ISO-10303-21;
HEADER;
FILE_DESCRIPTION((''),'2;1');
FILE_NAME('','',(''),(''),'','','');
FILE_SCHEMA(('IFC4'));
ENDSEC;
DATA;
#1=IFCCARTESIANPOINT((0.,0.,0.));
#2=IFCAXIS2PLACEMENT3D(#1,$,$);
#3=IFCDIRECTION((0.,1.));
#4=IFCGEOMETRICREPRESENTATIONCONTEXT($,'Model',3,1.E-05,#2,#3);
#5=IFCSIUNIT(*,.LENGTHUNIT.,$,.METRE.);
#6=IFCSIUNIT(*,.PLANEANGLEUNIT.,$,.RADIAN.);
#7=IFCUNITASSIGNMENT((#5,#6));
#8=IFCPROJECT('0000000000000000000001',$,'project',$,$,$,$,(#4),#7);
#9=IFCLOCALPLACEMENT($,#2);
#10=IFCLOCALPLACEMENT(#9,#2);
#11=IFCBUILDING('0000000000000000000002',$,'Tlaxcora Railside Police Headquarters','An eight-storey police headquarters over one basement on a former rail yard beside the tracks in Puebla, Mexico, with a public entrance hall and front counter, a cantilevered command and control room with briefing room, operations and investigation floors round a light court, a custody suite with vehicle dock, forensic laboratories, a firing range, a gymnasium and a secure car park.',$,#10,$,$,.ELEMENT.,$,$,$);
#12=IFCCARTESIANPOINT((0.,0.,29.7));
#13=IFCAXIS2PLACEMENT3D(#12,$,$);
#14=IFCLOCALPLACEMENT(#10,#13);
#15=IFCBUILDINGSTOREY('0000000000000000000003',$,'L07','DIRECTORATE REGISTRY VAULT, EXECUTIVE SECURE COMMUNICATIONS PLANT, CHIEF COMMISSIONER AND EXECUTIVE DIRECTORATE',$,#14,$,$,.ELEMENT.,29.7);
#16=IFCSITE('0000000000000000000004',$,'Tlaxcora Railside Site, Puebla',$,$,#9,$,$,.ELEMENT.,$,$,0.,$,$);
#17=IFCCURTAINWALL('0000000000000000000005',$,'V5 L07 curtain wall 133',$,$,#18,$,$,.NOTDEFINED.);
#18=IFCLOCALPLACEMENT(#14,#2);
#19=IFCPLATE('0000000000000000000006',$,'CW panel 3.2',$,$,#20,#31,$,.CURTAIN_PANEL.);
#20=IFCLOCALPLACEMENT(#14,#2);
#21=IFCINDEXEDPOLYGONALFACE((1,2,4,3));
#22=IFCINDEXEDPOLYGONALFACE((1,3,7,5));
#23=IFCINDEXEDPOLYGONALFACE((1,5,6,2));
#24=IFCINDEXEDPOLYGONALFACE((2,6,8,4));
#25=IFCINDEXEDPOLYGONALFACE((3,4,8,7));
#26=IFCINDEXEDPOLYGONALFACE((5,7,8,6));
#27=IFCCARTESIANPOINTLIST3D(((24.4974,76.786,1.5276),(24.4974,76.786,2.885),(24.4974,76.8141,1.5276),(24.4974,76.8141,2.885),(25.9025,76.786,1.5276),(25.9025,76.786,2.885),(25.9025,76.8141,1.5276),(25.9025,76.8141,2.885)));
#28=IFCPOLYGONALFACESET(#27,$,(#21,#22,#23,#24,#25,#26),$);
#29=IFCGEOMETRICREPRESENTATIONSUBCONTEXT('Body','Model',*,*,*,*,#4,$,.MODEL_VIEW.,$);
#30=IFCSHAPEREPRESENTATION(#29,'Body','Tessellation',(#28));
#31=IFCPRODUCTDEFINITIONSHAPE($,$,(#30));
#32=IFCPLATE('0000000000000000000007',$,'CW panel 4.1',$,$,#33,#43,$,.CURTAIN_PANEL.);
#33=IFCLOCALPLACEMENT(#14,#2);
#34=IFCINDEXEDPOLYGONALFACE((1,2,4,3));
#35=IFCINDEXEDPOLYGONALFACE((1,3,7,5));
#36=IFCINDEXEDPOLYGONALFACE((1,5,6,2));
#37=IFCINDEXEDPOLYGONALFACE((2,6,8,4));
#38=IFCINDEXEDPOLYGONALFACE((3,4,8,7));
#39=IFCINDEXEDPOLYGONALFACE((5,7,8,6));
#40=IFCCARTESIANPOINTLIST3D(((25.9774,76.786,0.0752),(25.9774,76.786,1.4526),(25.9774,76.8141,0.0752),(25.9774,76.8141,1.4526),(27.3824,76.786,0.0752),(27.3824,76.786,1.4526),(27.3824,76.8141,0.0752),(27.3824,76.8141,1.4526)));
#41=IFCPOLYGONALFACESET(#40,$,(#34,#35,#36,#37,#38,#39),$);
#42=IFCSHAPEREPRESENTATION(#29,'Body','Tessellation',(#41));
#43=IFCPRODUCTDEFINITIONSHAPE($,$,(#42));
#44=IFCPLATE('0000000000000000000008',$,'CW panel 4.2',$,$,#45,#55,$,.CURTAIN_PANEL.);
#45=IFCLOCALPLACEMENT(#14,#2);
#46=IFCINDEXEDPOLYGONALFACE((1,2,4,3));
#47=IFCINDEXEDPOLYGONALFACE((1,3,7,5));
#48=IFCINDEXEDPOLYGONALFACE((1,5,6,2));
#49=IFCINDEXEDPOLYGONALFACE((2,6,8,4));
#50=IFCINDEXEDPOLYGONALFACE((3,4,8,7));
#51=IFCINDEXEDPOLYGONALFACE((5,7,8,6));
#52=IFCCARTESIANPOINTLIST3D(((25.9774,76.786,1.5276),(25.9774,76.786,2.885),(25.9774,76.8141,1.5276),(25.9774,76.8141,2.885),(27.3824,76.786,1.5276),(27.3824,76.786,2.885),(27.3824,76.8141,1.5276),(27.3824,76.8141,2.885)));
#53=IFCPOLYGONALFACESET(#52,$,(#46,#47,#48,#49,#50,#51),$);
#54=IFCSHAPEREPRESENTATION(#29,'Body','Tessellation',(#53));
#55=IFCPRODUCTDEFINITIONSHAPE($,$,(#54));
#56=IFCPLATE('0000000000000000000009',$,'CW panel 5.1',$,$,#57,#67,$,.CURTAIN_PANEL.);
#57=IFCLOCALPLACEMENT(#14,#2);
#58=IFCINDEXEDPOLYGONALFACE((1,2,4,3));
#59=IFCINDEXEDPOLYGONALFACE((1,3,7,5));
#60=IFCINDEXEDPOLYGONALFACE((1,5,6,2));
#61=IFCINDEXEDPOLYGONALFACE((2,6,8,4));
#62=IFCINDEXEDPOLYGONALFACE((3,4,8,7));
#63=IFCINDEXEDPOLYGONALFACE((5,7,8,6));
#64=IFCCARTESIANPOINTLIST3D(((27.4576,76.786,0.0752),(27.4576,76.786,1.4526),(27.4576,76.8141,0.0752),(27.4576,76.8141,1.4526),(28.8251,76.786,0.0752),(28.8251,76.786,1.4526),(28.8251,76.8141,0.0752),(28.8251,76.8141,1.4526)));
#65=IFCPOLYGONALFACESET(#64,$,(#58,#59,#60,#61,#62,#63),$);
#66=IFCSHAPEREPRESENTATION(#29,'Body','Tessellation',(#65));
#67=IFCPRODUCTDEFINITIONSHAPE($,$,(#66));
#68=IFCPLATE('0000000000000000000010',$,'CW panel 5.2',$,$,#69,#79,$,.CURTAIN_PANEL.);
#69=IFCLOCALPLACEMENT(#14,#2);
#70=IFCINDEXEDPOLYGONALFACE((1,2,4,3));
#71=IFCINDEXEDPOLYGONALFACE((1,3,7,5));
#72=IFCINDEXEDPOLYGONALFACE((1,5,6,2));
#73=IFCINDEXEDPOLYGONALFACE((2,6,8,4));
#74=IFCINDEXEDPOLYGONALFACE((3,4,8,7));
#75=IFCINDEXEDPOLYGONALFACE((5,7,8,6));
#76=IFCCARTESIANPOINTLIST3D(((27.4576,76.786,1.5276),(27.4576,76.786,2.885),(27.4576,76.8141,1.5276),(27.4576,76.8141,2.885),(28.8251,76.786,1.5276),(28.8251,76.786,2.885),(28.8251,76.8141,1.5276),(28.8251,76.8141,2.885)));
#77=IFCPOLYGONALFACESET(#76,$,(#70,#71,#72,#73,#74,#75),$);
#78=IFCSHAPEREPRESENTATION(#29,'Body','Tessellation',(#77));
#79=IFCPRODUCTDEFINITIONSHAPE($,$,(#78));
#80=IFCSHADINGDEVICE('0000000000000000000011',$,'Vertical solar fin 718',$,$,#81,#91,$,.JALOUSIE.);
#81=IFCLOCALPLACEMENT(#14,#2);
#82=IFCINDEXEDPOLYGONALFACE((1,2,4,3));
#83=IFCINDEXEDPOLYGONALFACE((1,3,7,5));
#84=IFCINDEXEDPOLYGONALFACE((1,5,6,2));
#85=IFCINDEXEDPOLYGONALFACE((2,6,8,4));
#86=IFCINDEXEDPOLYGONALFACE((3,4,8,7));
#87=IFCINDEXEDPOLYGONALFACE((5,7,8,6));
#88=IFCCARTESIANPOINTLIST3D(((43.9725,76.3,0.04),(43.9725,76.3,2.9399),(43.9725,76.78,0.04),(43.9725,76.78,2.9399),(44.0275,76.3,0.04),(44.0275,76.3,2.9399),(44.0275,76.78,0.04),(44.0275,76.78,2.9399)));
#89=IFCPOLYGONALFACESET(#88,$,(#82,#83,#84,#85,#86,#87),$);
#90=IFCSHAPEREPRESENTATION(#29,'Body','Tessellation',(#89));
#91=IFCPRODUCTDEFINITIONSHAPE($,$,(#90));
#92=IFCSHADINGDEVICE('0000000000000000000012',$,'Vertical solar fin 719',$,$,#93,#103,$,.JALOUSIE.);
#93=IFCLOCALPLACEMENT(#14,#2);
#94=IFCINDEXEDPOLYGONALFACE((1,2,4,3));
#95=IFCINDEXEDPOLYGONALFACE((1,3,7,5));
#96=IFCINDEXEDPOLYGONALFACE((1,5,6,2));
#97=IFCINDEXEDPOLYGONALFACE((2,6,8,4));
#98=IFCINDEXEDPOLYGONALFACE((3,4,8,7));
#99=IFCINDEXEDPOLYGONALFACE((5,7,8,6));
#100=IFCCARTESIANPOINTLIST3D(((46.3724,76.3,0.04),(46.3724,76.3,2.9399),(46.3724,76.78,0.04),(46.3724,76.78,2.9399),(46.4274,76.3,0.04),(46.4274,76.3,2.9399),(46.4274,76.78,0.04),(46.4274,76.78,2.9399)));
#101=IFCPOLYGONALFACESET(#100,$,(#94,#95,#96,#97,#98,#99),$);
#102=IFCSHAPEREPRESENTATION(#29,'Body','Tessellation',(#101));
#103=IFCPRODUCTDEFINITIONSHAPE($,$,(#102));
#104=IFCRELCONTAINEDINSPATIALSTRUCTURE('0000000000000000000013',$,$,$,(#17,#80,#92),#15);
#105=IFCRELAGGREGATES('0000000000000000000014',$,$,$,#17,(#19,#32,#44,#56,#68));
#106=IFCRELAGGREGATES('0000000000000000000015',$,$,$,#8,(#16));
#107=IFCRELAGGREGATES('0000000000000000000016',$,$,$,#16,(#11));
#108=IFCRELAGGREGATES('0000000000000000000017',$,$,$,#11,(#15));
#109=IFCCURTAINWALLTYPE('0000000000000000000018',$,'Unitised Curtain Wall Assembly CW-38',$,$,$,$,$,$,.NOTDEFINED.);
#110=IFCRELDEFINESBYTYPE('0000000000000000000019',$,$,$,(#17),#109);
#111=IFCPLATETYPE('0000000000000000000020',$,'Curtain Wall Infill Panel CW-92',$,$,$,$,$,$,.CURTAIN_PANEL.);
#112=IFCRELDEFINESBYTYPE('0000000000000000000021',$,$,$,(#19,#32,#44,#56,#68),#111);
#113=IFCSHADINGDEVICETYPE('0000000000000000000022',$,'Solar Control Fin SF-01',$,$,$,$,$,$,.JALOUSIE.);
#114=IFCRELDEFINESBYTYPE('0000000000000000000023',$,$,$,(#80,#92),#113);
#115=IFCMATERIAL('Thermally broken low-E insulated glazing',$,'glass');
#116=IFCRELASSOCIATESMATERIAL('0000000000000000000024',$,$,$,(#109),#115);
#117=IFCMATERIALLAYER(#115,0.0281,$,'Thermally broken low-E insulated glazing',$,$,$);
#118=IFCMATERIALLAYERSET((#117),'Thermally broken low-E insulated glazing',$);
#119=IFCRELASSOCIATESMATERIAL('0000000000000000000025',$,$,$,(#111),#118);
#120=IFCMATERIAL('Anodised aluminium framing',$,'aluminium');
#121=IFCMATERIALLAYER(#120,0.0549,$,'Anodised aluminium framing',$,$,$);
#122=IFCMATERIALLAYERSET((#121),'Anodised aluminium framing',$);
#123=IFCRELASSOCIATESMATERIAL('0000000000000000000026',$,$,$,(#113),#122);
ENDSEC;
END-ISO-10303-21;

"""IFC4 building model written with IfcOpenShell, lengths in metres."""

from ifc_helpers import new_model, si_unit, direction, frame, origin, origin_2d, place, context, subcontext, project, spatial, rectangle, extrude, material, layer, layer_set, type_object, element, aggregate, save


model = new_model("IFC4")

# Units and contexts
model_context = context("Model", 3, precision=1e-05, world=origin(), true_north=direction((0.0, 1.0)))
body_context = subcontext(model_context, "Body", "Model", "MODEL_VIEW")
ifc_project = project(units=[si_unit("LENGTHUNIT", "METRE"), si_unit("PLANEANGLEUNIT", "RADIAN")], contexts=[model_context])

# Site, building, storey
site_placement = place(None, origin())
site = spatial("IfcSite", under=ifc_project, at=site_placement, Name="Tlaxcora Railside Site, Puebla", CompositionType="ELEMENT", RefElevation=0.0)
building_placement = place(site_placement, origin())
building = spatial("IfcBuilding", under=site, at=building_placement, Name="Tlaxcora Railside Police Headquarters", Description="An eight-storey police headquarters over one basement on a former rail yard beside the tracks in Puebla, Mexico, with a public entrance hall and front counter, a cantilevered command and control room with briefing room, operations and investigation floors round a light court, a custody suite with vehicle dock, forensic laboratories, a firing range, a gymnasium and a secure car park.", CompositionType="ELEMENT")
storey_placement = place(building_placement, frame((0.0, 0.0, 29.7)))
storey = spatial("IfcBuildingStorey", under=building, at=storey_placement, Name="L07", Description="DIRECTORATE REGISTRY VAULT, EXECUTIVE SECURE COMMUNICATIONS PLANT, CHIEF COMMISSIONER AND EXECUTIVE DIRECTORATE", CompositionType="ELEMENT", Elevation=29.7)

# Curtain wall
ifc_material_1 = material(Name="Thermally broken low-E insulated glazing", Category="glass")
curtain_wall_type = type_object("IfcCurtainWallType", Name="Unitised Curtain Wall Assembly CW-38", PredefinedType="NOTDEFINED", material=ifc_material_1)
curtain_wall_placement = place(storey_placement, origin())
curtain_wall = element("IfcCurtainWall", 1, at=curtain_wall_placement, inside=storey, type_object=curtain_wall_type, Name="V5 L07 curtain wall 133", PredefinedType="NOTDEFINED")
ifc_material_2 = material(Name="Anodised aluminium framing", Category="aluminium")

# Plates
ifc_layer_1 = layer(ifc_material_1, 0.0281, Name="Thermally broken low-E insulated glazing")
ifc_layer_set_1 = layer_set([ifc_layer_1], Name="Thermally broken low-E insulated glazing")
plate_type = type_object("IfcPlateType", Name="Curtain Wall Infill Panel CW-92", PredefinedType="CURTAIN_PANEL", material=ifc_layer_set_1)
plate_1_placement = place(storey_placement, frame((25.2, 76.8, 1.5276), z_axis=(0.0, 0.0, 1.0), x_axis=(1.0, 0.0, 0.0)))
plate_1 = element("IfcPlate", 2, at=plate_1_placement, type_object=plate_type, Name="CW panel 3.2", PredefinedType="CURTAIN_PANEL", context=body_context, shape_type="SweptSolid", body=[
    extrude(rectangle(XDim=1.405, YDim=0.0281, at=origin_2d()), origin(), (0.0, 0.0, 1.0), 1.3574),
])
plate_2_placement = place(storey_placement, frame((26.6799, 76.8, 0.0752), z_axis=(0.0, 0.0, 1.0), x_axis=(1.0, 0.0, 0.0)))
plate_2 = element("IfcPlate", 3, at=plate_2_placement, type_object=plate_type, Name="CW panel 4.1", PredefinedType="CURTAIN_PANEL", context=body_context, shape_type="SweptSolid", body=[
    extrude(rectangle(XDim=1.405, YDim=0.0281, at=origin_2d()), origin(), (0.0, 0.0, 1.0), 1.3774),
])
plate_3_placement = place(storey_placement, frame((26.6799, 76.8, 1.5276), z_axis=(0.0, 0.0, 1.0), x_axis=(1.0, 0.0, 0.0)))
plate_3 = element("IfcPlate", 4, at=plate_3_placement, type_object=plate_type, Name="CW panel 4.2", PredefinedType="CURTAIN_PANEL", context=body_context, shape_type="SweptSolid", body=[
    extrude(rectangle(XDim=1.405, YDim=0.0281, at=origin_2d()), origin(), (0.0, 0.0, 1.0), 1.3574),
])
plate_4_placement = place(storey_placement, frame((28.1414, 76.8, 0.0752), z_axis=(0.0, 0.0, 1.0), x_axis=(1.0, 0.0, 0.0)))
plate_4 = element("IfcPlate", 5, at=plate_4_placement, type_object=plate_type, Name="CW panel 5.1", PredefinedType="CURTAIN_PANEL", context=body_context, shape_type="SweptSolid", body=[
    extrude(rectangle(XDim=1.3674, YDim=0.0281, at=origin_2d()), origin(), (0.0, 0.0, 1.0), 1.3774),
])
plate_5_placement = place(storey_placement, frame((28.1414, 76.8, 1.5276), z_axis=(0.0, 0.0, 1.0), x_axis=(1.0, 0.0, 0.0)))
plate_5 = element("IfcPlate", 6, at=plate_5_placement, type_object=plate_type, Name="CW panel 5.2", PredefinedType="CURTAIN_PANEL", context=body_context, shape_type="SweptSolid", body=[
    extrude(rectangle(XDim=1.3674, YDim=0.0281, at=origin_2d()), origin(), (0.0, 0.0, 1.0), 1.3574),
])
aggregate(curtain_wall, [plate_1, plate_2, plate_3, plate_4, plate_5])

# Shading devices
ifc_layer_2 = layer(ifc_material_2, 0.0549, Name="Anodised aluminium framing")
ifc_layer_set_2 = layer_set([ifc_layer_2], Name="Anodised aluminium framing")
shading_device_type = type_object("IfcShadingDeviceType", Name="Solar Control Fin SF-01", PredefinedType="JALOUSIE", material=ifc_layer_set_2)
for number, where, z_axis, x_axis, name in (
    (7, (44.0, 76.54, 0.04), (0.0, 0.0, 1.0), (0.0, -1.0, 0.0), "Vertical solar fin 718"),
    (8, (46.3999, 76.54, 0.04), (0.0, 0.0, 1.0), (0.0, -1.0, 0.0), "Vertical solar fin 719"),
):
    element("IfcShadingDevice", number, at=place(storey_placement, frame(where, z_axis=z_axis, x_axis=x_axis)), inside=storey, type_object=shading_device_type, Name=name, PredefinedType="JALOUSIE", context=body_context, shape_type="SweptSolid", body=[
        extrude(rectangle(XDim=0.48, YDim=0.0549, at=origin_2d()), origin(), (0.0, 0.0, 1.0), 2.8999),
    ])

save(model, "model.ifc")
